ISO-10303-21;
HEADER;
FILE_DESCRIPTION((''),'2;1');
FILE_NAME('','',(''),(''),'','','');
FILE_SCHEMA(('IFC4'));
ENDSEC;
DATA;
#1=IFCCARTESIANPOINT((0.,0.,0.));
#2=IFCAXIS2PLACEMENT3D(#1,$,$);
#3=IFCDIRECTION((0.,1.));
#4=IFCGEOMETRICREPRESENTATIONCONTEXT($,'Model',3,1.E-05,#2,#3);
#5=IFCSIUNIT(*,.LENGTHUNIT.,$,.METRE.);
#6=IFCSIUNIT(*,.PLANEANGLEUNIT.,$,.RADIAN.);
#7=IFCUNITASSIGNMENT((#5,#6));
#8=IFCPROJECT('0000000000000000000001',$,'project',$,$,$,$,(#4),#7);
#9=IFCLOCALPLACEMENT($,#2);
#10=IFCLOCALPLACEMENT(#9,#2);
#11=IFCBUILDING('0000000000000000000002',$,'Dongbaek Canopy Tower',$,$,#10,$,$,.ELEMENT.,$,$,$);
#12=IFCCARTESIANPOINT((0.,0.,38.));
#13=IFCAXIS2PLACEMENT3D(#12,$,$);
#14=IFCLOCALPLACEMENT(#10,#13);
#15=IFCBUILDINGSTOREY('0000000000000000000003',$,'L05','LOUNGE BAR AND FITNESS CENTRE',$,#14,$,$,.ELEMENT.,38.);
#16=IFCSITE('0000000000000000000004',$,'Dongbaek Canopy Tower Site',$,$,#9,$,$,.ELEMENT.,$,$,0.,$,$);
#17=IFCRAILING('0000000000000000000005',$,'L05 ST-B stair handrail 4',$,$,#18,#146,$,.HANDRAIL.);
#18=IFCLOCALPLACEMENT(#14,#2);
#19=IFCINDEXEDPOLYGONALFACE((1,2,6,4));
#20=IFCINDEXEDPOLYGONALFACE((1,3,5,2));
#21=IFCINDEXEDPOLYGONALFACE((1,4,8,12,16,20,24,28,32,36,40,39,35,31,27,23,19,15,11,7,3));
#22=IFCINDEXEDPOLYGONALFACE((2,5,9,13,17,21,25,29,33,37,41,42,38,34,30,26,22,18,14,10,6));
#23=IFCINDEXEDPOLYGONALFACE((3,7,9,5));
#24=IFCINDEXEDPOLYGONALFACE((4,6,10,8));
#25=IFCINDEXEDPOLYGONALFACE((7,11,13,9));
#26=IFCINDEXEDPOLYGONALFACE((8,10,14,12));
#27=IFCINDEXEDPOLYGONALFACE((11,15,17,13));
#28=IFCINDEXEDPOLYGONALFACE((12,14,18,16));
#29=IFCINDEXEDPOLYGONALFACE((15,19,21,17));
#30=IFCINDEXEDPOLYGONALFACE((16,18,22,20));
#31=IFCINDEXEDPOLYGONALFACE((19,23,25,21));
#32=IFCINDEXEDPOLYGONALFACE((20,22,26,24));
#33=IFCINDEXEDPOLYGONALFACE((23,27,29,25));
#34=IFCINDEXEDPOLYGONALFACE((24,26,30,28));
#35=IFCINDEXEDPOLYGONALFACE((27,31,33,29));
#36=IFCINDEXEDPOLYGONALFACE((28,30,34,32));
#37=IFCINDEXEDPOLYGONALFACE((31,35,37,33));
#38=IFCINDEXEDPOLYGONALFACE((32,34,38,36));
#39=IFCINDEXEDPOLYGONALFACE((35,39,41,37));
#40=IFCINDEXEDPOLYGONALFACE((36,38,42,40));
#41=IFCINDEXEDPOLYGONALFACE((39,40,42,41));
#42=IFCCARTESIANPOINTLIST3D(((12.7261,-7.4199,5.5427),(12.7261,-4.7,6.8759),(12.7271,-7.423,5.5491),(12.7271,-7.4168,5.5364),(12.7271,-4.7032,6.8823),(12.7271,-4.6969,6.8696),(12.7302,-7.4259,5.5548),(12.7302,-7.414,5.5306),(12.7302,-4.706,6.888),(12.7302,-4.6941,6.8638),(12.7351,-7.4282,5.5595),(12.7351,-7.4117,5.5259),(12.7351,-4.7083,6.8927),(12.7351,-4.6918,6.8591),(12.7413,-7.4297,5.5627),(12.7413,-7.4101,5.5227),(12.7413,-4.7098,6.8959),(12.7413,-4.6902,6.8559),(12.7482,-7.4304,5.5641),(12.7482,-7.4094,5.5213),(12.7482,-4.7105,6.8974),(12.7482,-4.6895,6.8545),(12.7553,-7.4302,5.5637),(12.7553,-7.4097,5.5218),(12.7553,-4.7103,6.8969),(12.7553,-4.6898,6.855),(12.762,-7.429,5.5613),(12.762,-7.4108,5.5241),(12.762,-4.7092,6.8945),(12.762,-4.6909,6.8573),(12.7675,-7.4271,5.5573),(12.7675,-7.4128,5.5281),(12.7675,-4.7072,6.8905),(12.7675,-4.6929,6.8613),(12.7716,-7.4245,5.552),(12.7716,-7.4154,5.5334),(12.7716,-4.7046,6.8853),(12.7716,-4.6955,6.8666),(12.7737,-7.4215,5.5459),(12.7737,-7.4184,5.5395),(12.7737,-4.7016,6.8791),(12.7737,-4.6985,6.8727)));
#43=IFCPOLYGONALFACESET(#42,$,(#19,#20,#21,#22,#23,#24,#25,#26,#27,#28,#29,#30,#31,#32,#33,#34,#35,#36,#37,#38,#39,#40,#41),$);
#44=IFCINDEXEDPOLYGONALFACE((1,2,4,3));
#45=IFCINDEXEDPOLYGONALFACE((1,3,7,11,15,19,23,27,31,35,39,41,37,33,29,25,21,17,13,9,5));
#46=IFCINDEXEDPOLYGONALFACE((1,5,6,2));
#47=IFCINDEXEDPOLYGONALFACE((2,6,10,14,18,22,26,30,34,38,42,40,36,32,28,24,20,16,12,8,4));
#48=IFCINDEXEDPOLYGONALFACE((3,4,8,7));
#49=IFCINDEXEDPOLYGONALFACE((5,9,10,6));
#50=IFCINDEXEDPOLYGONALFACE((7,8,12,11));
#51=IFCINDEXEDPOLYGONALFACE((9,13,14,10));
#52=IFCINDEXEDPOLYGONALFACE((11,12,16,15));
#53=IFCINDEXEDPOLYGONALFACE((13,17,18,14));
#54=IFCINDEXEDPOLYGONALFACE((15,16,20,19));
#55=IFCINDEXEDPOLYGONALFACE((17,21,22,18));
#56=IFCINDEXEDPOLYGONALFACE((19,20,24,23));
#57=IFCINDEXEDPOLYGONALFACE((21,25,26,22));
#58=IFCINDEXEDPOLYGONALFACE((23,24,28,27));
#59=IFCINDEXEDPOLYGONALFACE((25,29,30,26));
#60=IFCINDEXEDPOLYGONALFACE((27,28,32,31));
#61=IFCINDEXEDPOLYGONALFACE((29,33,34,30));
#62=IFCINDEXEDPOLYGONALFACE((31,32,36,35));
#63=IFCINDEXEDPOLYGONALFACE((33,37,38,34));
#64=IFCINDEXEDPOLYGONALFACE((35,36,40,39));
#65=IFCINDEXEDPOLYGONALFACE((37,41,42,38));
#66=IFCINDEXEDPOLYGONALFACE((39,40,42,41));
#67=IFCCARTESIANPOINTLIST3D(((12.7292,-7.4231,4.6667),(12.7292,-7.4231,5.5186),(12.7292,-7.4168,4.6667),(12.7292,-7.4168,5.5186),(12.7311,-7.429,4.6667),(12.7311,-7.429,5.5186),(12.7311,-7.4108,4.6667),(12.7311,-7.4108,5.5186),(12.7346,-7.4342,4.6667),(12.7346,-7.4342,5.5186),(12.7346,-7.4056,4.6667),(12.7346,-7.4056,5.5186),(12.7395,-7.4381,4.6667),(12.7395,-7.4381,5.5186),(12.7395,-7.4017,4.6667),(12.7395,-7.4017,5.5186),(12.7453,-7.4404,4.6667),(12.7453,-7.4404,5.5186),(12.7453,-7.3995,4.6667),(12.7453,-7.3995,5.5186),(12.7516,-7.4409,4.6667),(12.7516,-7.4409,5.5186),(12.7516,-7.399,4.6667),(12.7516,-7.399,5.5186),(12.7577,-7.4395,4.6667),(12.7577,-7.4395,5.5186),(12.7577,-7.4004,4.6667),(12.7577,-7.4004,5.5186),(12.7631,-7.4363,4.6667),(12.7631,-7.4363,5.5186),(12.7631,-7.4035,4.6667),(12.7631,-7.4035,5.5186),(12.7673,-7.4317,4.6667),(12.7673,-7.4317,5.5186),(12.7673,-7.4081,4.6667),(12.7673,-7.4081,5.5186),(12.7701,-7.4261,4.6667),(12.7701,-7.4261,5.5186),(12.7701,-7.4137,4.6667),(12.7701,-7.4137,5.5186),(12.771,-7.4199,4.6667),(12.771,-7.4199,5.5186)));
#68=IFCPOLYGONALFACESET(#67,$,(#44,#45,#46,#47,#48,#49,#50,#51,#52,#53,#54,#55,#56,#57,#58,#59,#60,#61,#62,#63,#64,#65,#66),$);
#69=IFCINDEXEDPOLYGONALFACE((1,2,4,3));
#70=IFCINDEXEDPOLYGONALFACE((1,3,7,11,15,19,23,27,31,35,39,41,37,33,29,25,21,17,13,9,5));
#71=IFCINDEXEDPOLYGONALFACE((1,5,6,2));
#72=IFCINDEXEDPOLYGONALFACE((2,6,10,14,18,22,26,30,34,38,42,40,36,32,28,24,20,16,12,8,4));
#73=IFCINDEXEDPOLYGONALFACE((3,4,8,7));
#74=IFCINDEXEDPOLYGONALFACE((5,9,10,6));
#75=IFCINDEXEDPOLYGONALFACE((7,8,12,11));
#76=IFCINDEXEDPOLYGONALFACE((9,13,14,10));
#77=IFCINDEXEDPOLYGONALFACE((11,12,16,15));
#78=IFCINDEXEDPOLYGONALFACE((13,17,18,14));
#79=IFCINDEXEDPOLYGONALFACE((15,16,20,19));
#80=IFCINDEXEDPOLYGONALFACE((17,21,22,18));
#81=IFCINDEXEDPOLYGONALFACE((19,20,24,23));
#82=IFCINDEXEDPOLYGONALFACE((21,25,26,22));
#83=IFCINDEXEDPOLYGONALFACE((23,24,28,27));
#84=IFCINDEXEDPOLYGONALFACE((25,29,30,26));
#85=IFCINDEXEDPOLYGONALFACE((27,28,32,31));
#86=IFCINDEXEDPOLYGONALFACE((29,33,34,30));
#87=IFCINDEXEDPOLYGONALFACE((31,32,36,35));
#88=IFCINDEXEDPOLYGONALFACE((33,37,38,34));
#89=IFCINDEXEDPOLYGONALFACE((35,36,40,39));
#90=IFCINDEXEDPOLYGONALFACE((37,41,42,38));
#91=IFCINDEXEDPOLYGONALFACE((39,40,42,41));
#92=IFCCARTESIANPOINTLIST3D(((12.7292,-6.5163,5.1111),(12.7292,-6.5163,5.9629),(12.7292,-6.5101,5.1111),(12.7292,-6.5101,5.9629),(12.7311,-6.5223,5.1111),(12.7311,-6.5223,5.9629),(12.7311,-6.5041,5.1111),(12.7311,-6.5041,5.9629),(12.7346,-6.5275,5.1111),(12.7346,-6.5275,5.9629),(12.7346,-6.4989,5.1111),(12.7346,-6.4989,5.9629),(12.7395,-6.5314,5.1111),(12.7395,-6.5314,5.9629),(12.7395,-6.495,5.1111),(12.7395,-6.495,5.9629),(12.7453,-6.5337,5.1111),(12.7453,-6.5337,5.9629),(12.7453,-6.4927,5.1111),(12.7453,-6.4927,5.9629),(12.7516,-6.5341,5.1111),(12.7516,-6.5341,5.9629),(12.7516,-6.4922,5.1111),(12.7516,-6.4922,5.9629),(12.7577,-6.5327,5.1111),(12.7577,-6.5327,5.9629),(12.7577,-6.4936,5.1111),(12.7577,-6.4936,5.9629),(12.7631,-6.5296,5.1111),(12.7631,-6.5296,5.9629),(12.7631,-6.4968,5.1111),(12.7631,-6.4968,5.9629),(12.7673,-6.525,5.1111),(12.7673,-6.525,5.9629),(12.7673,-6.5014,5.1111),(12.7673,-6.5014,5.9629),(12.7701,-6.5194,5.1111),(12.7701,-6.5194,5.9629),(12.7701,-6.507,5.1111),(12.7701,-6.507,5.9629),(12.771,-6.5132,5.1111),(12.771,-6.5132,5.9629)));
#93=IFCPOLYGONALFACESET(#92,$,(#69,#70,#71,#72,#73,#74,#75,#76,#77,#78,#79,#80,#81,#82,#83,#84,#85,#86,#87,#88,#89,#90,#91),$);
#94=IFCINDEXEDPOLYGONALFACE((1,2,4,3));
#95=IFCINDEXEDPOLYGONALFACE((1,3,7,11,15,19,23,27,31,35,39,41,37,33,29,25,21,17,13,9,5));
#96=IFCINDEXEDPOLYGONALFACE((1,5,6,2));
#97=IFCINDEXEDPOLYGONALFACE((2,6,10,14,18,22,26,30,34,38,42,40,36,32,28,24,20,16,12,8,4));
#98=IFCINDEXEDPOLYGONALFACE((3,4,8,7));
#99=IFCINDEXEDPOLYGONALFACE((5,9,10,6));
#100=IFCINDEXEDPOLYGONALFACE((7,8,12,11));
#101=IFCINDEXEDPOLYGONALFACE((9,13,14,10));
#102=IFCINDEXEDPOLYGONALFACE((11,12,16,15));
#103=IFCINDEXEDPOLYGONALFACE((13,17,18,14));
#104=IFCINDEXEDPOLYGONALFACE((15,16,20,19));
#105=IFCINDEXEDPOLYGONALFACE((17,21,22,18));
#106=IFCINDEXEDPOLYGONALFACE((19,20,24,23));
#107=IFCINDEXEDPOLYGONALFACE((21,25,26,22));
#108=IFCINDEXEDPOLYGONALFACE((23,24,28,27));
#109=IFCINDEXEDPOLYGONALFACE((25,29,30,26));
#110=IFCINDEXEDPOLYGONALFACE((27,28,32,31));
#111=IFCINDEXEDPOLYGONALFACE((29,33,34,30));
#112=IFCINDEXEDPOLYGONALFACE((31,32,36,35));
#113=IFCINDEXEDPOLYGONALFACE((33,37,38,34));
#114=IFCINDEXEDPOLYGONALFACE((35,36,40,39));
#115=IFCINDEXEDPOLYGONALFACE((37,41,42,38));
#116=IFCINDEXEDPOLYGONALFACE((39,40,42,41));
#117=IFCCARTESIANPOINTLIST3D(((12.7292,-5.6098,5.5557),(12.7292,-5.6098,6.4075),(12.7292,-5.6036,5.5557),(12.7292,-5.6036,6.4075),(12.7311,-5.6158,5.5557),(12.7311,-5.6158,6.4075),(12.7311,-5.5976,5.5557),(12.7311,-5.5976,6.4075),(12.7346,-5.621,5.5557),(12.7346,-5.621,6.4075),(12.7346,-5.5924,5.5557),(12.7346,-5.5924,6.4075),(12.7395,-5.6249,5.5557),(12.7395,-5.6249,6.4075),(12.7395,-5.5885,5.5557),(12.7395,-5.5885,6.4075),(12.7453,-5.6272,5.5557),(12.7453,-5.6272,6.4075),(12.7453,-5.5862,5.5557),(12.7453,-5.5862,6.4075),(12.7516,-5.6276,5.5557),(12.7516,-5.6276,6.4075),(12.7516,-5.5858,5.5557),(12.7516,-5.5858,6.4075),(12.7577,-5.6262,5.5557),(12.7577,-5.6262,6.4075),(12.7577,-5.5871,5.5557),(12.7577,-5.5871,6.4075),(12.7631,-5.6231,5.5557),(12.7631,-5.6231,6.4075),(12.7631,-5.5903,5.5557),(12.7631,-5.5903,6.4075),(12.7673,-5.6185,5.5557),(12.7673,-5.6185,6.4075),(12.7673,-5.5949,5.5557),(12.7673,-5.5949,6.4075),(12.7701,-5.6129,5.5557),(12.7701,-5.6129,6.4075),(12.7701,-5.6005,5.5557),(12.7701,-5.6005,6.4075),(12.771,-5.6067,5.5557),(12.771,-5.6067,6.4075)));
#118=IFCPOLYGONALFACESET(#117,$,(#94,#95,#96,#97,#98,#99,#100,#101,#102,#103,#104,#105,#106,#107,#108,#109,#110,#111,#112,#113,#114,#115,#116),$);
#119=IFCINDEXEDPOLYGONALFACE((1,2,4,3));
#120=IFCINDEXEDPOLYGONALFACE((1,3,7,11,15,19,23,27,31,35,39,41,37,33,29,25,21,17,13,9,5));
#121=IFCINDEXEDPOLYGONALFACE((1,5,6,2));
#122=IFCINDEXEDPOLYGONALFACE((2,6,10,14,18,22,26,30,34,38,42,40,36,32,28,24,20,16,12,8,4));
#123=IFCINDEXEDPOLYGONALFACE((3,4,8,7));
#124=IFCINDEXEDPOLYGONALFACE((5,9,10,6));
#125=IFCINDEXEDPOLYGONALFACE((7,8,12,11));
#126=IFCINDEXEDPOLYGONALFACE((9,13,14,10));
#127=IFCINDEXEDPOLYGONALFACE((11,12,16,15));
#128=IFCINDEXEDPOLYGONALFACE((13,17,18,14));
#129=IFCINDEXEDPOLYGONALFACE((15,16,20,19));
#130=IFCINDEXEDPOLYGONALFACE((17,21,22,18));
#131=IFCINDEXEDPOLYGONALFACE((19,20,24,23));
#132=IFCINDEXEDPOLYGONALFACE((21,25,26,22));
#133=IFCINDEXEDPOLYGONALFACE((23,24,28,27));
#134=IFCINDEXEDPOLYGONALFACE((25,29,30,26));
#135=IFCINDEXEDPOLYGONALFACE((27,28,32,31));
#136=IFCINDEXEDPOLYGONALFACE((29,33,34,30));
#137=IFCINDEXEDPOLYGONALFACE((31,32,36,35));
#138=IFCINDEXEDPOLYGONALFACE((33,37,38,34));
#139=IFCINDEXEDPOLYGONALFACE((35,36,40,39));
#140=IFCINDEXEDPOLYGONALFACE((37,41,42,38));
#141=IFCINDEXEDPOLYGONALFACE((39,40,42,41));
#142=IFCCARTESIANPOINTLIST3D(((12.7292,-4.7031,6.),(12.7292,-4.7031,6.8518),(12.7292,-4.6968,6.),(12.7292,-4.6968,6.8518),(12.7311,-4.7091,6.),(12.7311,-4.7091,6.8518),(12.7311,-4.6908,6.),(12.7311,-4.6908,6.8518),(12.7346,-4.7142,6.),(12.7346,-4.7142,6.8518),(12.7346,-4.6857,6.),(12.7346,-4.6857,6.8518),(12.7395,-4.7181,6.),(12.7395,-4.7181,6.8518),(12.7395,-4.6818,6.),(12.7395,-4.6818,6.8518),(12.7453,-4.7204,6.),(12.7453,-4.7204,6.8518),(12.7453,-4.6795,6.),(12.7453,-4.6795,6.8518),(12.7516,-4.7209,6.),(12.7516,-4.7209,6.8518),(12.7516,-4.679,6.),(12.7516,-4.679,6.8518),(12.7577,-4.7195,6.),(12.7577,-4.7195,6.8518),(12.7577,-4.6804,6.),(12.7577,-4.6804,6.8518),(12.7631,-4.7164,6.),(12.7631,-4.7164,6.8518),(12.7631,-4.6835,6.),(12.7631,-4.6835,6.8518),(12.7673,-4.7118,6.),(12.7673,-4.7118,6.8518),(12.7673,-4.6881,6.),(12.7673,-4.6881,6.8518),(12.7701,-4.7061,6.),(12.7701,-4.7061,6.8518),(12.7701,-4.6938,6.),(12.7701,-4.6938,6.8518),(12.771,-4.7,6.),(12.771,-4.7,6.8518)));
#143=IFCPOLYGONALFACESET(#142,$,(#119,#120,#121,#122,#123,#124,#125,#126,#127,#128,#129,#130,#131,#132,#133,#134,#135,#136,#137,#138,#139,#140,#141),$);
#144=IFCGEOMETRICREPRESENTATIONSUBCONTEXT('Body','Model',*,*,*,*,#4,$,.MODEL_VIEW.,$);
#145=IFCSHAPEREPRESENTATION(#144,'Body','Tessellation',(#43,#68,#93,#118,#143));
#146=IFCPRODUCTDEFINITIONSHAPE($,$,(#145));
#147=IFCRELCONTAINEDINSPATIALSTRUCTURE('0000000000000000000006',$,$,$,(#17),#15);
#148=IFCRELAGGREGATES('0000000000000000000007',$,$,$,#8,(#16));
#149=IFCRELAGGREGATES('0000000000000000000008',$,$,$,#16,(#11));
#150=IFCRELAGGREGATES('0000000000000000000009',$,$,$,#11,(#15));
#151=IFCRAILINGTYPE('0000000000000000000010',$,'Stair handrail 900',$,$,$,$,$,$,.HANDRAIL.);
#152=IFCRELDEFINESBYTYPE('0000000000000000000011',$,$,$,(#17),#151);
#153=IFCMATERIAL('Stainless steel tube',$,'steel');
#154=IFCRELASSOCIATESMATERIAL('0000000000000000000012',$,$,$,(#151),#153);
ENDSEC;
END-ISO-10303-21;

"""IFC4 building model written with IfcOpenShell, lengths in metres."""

from ifc_helpers import new_model, si_unit, direction, frame, origin, origin_2d, place, context, subcontext, project, spatial, circle, extrude, material, type_object, element, save


model = new_model("IFC4")

# Units and contexts
model_context = context("Model", 3, precision=1e-05, world=origin(), true_north=direction((0.0, 1.0)))
body_context = subcontext(model_context, "Body", "Model", "MODEL_VIEW")
ifc_project = project(units=[si_unit("LENGTHUNIT", "METRE"), si_unit("PLANEANGLEUNIT", "RADIAN")], contexts=[model_context])

# Site, building, storey
site_placement = place(None, origin())
site = spatial("IfcSite", under=ifc_project, at=site_placement, Name="Dongbaek Canopy Tower Site", CompositionType="ELEMENT", RefElevation=0.0)
building_placement = place(site_placement, origin())
building = spatial("IfcBuilding", under=site, at=building_placement, Name="Dongbaek Canopy Tower", CompositionType="ELEMENT")
storey_placement = place(building_placement, frame((0.0, 0.0, 38.0)))
storey = spatial("IfcBuildingStorey", under=building, at=storey_placement, Name="L05", Description="LOUNGE BAR AND FITNESS CENTRE", CompositionType="ELEMENT", Elevation=38.0)

# Railing
ifc_material_1 = material(Name="Stainless steel tube", Category="steel")
railing_type_1 = type_object("IfcRailingType", Name="Stair handrail 900", PredefinedType="HANDRAIL", material=ifc_material_1)
for number, where, name in (
    (1, (12.75, -7.4199, 4.6667), "L05 ST-B stair handrail 4"),
):
    element("IfcRailing", number, at=place(storey_placement, frame(where)), inside=storey, type_object=railing_type_1, Name=name, PredefinedType="HANDRAIL", context=body_context, shape_type="SweptSolid", body=[
        extrude(circle(Radius=0.0239, at=origin_2d()), frame((0.0, 0.0, 0.876), z_axis=(0.0, 0.897929, 0.440139), x_axis=(-1.0, 0.0, 0.0)), (0.0, 0.0, 1.0), 3.0291),
        extrude(circle(Radius=0.021, at=origin_2d()), origin(), (0.0, 0.0, 1.0), 0.8518),
        extrude(circle(Radius=0.021, at=origin_2d()), frame((0.0, 0.9067, 0.4443)), (0.0, 0.0, 1.0), 0.8518),
        extrude(circle(Radius=0.021, at=origin_2d()), frame((0.0, 1.8132, 0.8889)), (0.0, 0.0, 1.0), 0.8518),
        extrude(circle(Radius=0.021, at=origin_2d()), frame((0.0, 2.72, 1.3333)), (0.0, 0.0, 1.0), 0.8518),
    ])

save(model, "model.ifc")
